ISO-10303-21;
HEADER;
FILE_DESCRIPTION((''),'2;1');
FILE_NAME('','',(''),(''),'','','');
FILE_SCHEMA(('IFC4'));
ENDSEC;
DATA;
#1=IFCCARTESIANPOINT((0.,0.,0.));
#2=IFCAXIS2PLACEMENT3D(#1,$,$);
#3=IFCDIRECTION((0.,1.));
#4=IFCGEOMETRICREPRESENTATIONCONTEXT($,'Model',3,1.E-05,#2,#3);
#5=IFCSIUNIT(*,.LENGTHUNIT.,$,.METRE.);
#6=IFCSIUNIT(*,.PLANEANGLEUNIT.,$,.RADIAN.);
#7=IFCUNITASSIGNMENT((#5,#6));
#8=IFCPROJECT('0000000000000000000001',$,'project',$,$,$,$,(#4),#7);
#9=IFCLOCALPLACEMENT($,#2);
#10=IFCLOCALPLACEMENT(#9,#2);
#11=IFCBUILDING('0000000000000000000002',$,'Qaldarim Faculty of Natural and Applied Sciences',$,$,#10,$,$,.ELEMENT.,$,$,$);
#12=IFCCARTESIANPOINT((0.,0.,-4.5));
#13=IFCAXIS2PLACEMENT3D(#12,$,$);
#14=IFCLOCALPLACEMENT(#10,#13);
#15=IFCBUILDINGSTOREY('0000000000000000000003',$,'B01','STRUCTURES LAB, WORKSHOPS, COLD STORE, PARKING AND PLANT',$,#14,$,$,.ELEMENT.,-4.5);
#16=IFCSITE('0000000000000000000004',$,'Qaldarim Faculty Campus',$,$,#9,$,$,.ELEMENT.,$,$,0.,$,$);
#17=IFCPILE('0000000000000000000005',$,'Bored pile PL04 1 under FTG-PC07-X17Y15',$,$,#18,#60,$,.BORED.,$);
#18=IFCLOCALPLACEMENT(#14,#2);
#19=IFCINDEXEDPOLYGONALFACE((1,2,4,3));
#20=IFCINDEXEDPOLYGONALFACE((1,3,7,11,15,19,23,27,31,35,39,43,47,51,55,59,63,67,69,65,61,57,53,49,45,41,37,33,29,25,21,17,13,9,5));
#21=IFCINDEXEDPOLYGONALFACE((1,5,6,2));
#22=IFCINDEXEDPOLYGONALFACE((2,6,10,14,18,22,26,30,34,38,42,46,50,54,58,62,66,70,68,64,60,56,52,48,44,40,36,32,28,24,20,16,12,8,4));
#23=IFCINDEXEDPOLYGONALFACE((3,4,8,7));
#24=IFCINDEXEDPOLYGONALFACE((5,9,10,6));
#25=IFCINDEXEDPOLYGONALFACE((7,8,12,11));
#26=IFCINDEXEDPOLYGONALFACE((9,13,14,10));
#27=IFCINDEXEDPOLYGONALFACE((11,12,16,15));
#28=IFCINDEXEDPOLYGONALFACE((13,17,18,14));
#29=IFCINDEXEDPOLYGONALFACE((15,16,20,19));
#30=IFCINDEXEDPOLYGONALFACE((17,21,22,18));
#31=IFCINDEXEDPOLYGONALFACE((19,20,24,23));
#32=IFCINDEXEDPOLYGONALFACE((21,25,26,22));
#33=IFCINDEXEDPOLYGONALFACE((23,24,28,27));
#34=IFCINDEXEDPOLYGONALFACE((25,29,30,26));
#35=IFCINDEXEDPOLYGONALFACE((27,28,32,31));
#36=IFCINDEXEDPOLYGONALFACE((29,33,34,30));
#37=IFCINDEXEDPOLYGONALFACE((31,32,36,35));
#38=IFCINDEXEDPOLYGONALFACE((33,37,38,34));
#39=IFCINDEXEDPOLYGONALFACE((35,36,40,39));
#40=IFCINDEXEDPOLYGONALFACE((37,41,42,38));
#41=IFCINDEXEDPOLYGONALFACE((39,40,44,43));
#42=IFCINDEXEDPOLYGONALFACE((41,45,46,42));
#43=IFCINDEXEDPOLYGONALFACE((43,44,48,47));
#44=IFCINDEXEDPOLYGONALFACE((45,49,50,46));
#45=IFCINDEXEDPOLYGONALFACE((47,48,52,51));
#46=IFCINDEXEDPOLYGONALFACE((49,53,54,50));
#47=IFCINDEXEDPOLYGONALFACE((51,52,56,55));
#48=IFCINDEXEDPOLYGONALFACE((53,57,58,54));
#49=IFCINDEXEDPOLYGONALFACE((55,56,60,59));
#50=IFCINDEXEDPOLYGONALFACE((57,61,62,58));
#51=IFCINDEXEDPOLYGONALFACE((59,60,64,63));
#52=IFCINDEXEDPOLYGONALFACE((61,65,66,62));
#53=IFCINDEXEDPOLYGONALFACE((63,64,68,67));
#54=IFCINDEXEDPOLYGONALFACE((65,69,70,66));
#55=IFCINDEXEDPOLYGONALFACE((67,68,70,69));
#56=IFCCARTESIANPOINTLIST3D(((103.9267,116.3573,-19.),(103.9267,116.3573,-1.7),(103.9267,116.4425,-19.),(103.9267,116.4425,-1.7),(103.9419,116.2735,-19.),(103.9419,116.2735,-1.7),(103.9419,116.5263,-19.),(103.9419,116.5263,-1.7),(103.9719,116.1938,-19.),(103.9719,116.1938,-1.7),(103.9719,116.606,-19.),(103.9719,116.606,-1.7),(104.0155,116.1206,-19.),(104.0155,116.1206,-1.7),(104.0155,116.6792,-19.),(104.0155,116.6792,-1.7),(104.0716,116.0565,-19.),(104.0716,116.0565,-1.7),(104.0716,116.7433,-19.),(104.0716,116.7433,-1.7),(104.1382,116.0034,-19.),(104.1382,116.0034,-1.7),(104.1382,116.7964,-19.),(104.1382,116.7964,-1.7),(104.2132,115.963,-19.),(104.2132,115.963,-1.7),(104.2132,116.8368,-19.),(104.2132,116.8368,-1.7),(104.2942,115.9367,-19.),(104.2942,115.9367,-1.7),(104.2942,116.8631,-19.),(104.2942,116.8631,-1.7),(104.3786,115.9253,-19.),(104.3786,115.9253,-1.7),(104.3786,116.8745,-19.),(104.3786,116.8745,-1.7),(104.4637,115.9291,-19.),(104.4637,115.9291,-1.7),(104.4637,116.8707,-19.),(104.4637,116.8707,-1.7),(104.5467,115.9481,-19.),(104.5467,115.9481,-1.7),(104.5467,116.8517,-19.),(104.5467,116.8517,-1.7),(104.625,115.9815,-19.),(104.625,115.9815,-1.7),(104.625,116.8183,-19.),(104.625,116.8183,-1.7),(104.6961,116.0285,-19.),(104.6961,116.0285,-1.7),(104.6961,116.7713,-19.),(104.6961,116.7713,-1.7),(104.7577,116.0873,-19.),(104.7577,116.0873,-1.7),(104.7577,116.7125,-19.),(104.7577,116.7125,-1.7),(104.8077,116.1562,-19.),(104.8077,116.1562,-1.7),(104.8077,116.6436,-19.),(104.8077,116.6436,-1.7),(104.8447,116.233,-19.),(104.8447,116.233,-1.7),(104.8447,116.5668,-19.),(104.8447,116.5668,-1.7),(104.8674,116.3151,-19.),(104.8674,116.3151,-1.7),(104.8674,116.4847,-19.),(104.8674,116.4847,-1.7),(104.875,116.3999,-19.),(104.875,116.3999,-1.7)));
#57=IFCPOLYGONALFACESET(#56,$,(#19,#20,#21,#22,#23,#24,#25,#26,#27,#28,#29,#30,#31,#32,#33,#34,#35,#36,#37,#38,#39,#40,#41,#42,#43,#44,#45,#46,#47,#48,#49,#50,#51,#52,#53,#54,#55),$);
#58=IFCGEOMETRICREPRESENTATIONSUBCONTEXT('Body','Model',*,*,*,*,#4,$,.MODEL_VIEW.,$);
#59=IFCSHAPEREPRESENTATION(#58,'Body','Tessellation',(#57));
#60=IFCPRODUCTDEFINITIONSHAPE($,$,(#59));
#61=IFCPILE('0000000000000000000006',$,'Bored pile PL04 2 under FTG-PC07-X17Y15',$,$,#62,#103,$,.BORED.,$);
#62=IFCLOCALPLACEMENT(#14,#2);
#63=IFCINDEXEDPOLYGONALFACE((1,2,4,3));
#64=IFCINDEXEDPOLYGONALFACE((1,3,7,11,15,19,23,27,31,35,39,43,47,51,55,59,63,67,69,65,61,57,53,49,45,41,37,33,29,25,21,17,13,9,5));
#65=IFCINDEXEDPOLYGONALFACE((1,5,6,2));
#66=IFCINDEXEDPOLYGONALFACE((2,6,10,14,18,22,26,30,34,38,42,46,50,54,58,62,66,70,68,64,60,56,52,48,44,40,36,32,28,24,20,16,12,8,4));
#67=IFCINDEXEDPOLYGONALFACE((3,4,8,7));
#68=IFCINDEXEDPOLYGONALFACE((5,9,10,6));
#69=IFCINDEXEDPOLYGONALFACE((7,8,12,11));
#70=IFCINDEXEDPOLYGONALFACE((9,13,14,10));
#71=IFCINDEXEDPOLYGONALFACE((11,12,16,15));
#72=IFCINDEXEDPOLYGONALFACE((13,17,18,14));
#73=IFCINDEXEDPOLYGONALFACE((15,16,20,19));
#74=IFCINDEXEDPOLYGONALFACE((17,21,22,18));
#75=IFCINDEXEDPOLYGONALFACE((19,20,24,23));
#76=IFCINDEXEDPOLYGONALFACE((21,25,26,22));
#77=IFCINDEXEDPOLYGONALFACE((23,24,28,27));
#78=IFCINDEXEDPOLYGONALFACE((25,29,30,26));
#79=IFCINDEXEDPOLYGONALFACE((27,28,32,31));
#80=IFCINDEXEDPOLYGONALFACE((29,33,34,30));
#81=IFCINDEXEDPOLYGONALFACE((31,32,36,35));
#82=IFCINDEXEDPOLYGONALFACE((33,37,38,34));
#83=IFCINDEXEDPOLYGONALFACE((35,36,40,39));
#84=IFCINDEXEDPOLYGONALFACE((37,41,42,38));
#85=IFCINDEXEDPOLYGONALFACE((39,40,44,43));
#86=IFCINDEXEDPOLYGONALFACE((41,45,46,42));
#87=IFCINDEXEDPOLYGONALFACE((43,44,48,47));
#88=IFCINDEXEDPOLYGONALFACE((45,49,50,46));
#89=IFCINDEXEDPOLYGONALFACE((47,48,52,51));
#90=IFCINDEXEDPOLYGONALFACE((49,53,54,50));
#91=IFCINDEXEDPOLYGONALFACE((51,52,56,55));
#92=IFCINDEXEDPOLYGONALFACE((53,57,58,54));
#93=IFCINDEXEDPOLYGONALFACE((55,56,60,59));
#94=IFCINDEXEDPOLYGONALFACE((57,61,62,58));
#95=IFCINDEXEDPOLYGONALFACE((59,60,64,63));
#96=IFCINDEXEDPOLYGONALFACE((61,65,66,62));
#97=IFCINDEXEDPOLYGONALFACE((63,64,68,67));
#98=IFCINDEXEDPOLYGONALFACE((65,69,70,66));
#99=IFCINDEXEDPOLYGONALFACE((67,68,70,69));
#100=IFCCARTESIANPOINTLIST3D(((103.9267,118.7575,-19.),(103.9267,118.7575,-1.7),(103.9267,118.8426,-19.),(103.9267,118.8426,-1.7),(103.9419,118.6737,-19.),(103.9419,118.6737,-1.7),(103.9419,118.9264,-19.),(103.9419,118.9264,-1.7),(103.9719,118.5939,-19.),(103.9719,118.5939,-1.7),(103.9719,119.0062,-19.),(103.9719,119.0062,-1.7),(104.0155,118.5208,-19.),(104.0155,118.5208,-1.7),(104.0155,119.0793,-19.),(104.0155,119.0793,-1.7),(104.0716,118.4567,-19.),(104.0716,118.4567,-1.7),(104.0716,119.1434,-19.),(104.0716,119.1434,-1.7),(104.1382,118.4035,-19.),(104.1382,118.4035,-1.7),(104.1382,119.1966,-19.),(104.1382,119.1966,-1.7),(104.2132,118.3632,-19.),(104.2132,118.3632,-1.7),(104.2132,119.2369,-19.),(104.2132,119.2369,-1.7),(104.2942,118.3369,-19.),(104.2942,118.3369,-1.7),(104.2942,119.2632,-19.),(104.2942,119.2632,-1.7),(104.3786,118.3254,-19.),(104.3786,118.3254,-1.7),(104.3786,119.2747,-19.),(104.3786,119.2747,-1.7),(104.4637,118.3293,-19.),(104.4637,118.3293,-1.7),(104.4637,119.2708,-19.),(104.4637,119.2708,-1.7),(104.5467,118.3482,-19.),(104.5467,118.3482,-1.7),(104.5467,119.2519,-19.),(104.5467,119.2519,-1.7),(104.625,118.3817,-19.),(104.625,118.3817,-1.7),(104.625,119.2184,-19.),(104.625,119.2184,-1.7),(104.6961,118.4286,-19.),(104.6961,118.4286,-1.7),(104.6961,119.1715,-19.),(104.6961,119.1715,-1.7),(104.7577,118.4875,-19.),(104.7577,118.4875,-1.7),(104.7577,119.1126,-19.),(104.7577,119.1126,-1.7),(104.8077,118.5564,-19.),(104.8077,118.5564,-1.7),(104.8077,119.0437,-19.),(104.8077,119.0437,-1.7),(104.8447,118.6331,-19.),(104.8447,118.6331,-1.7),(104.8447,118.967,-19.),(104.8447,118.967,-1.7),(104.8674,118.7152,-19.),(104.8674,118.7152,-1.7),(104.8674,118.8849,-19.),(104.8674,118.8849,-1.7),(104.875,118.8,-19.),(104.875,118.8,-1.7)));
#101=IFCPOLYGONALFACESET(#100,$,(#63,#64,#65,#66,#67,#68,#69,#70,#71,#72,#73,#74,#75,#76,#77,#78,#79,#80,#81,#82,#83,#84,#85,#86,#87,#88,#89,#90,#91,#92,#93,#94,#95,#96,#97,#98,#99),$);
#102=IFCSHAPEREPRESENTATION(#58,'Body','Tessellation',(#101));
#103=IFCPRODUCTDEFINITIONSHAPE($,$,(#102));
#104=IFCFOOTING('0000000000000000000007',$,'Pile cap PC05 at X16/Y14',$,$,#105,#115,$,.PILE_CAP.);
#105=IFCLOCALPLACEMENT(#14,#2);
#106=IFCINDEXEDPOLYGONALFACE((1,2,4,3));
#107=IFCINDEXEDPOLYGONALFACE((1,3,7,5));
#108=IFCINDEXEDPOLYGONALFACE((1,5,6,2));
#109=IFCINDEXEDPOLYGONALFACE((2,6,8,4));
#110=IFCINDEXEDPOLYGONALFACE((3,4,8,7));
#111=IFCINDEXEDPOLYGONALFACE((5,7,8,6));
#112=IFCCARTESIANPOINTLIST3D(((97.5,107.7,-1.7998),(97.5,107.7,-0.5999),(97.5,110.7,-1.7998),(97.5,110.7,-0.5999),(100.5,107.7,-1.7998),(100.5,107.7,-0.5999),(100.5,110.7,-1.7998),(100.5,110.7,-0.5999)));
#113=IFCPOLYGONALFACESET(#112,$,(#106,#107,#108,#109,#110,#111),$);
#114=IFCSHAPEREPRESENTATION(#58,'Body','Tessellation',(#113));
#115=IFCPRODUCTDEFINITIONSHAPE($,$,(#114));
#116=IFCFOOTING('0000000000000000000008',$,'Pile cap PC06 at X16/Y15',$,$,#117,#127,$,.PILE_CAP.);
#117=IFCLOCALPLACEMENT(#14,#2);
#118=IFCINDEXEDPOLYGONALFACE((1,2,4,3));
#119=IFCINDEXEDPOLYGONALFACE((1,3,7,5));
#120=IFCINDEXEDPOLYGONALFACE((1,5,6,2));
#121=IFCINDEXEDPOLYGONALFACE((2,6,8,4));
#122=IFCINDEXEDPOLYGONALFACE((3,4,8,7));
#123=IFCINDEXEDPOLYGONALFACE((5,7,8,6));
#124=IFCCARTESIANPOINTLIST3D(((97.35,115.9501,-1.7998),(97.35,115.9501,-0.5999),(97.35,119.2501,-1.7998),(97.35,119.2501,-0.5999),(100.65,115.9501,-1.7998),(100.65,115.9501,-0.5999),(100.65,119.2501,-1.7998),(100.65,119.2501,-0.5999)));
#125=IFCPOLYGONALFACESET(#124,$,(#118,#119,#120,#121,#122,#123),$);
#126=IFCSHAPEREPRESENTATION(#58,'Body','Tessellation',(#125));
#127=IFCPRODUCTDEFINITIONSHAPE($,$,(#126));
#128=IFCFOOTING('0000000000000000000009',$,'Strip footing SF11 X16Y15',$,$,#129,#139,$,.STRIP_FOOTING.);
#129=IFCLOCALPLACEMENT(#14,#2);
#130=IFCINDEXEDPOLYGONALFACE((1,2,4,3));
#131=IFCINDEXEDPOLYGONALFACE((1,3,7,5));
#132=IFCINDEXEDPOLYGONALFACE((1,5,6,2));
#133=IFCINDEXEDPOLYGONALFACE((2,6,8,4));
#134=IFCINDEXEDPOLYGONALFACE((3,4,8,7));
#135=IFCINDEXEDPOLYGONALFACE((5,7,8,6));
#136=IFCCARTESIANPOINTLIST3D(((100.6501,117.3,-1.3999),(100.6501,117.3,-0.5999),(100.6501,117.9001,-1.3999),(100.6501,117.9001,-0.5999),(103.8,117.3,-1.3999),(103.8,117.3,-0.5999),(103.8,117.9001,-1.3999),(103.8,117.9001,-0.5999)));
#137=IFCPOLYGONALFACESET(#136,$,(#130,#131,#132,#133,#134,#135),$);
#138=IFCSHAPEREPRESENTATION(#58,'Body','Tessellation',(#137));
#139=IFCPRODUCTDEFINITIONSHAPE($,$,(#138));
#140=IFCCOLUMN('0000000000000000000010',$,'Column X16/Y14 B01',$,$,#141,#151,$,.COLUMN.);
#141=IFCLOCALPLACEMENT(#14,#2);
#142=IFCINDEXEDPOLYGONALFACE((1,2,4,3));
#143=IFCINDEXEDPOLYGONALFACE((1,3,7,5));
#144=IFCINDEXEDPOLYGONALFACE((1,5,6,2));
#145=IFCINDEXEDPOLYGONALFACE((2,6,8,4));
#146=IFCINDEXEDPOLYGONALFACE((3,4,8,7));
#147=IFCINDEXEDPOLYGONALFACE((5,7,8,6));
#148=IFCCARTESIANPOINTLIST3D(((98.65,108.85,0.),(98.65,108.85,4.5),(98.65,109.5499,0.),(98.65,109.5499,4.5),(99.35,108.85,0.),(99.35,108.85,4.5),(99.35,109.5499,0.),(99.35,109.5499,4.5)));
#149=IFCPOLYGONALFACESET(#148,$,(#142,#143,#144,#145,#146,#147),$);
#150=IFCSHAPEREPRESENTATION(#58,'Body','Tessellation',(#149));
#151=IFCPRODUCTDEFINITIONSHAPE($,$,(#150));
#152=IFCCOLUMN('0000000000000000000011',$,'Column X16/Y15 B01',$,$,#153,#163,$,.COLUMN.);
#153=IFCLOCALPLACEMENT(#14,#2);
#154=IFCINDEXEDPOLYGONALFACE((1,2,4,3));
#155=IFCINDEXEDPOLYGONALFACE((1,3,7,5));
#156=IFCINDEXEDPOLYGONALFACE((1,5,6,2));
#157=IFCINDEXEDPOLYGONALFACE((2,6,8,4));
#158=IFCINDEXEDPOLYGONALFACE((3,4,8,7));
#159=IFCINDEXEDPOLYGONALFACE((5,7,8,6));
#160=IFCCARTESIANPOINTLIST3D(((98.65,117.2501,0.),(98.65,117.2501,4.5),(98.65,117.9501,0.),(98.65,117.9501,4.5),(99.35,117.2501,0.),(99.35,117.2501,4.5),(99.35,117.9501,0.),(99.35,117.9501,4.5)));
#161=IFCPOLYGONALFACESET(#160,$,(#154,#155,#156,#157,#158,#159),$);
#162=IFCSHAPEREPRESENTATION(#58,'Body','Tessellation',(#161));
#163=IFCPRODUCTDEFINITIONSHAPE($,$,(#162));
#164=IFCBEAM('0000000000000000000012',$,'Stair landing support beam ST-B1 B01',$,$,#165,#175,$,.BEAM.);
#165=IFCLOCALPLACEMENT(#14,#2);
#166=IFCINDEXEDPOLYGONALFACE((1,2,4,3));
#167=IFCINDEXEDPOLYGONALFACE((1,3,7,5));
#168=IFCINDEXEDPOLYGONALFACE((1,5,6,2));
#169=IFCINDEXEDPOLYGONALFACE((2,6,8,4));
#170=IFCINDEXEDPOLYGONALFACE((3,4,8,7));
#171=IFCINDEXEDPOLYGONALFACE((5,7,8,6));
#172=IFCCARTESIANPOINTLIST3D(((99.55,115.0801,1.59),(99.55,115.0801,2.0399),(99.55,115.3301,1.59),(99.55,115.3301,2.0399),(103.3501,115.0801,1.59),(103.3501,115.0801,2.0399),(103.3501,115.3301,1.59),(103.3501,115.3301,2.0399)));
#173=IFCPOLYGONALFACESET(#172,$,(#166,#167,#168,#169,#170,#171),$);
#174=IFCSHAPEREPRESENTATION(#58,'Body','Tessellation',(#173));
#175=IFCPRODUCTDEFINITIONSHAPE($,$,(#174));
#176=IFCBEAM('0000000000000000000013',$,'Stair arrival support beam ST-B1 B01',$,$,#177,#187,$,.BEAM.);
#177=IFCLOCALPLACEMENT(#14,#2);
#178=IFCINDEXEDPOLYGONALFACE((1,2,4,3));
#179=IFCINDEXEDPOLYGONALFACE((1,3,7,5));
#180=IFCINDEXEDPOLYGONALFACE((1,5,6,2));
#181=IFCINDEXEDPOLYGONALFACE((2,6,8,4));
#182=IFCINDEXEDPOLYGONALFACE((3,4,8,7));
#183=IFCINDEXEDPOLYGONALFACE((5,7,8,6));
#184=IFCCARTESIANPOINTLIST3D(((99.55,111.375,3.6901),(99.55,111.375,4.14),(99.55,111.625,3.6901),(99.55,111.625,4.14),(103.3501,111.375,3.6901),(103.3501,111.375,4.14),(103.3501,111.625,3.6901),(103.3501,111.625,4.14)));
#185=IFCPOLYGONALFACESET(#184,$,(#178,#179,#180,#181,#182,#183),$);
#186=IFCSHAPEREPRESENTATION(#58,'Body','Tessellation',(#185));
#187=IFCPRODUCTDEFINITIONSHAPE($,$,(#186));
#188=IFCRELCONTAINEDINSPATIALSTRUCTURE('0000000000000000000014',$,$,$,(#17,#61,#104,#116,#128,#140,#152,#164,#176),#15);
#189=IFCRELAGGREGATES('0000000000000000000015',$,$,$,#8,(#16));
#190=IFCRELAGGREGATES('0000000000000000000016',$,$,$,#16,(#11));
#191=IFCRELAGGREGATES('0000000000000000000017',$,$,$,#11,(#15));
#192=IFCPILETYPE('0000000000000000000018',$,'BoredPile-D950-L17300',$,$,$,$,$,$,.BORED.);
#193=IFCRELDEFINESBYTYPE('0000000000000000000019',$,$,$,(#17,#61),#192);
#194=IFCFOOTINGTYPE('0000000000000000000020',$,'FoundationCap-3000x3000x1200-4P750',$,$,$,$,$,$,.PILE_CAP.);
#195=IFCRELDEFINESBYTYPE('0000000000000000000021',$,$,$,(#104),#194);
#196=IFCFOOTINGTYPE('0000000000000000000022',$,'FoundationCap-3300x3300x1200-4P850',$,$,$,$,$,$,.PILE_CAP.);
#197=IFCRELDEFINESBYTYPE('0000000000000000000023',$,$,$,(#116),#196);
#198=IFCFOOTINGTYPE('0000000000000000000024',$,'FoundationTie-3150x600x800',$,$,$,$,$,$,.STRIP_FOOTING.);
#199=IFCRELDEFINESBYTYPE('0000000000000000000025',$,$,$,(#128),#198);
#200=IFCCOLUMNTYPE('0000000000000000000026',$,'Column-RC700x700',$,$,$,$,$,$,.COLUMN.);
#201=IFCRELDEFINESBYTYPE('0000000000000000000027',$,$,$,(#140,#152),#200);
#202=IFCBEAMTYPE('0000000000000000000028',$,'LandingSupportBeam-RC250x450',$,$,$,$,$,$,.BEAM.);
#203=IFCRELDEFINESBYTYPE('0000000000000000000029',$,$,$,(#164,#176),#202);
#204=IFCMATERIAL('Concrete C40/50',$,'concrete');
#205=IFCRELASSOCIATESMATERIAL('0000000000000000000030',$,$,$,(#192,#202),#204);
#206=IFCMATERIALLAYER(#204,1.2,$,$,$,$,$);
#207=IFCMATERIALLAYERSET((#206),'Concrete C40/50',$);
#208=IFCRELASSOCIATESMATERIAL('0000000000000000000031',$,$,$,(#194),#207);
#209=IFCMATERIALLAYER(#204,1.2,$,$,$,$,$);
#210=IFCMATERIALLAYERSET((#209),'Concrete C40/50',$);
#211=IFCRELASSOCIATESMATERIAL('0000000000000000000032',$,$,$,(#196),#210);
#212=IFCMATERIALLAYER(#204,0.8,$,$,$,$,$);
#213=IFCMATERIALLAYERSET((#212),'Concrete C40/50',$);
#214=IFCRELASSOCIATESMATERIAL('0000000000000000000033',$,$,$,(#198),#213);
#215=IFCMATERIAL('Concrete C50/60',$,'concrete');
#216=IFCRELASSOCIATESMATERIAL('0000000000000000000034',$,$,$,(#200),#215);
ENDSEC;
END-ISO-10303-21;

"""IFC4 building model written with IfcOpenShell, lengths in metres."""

from ifc_helpers import new_model, si_unit, direction, frame, origin, origin_2d, place, context, subcontext, project, spatial, rectangle, circle, extrude, material, layer, layer_set, material_profile, profile_set, type_object, element, save


model = new_model("IFC4")

# Units and contexts
model_context = context("Model", 3, precision=1e-05, world=origin(), true_north=direction((0.0, 1.0)))
body_context = subcontext(model_context, "Body", "Model", "MODEL_VIEW")
ifc_project = project(units=[si_unit("LENGTHUNIT", "METRE"), si_unit("PLANEANGLEUNIT", "RADIAN")], contexts=[model_context])

# Site, building, storey
site_placement = place(None, origin())
site = spatial("IfcSite", under=ifc_project, at=site_placement, Name="Qaldarim Faculty Campus", CompositionType="ELEMENT", RefElevation=0.0)
building_placement = place(site_placement, origin())
building = spatial("IfcBuilding", under=site, at=building_placement, Name="Qaldarim Faculty of Natural and Applied Sciences", CompositionType="ELEMENT")
storey_placement = place(building_placement, frame((0.0, 0.0, -4.5)))
storey = spatial("IfcBuildingStorey", under=building, at=storey_placement, Name="B01", Description="STRUCTURES LAB, WORKSHOPS, COLD STORE, PARKING AND PLANT", CompositionType="ELEMENT", Elevation=-4.5)

# Piles
ifc_material_1 = material(Name="Concrete C40/50", Category="concrete")
ifc_material_profile_1 = material_profile(ifc_material_1, circle(Radius=0.4751, at=origin_2d()), Name="PILE-D950")
ifc_profile_set_1 = profile_set([ifc_material_profile_1], Name="Concrete C40/50")
pile_type_1 = type_object("IfcPileType", Name="BoredPile-D950-L17300", PredefinedType="BORED", material=ifc_profile_set_1)
for number, where, z_axis, x_axis, name in (
    (1, (104.3999, 116.3999, -1.7), (0.0, 0.0, -1.0), (1.0, 0.0, 0.0), "Bored pile PL04 1 under FTG-PC07-X17Y15"),
    (2, (104.3999, 118.8, -1.7), (0.0, 0.0, -1.0), (1.0, 0.0, 0.0), "Bored pile PL04 2 under FTG-PC07-X17Y15"),
):
    element("IfcPile", number, at=place(storey_placement, frame(where, z_axis=z_axis, x_axis=x_axis)), inside=storey, type_object=pile_type_1, Name=name, PredefinedType="BORED", context=body_context, shape_type="SweptSolid", body=[
        extrude(circle(Radius=0.4751, at=origin_2d()), origin(), (0.0, 0.0, 1.0), 17.3),
    ])

# Footings
ifc_layer_1 = layer(ifc_material_1, 1.2)
ifc_layer_set_1 = layer_set([ifc_layer_1], Name="Concrete C40/50")
footing_type_1 = type_object("IfcFootingType", Name="FoundationCap-3000x3000x1200-4P750", PredefinedType="PILE_CAP", material=ifc_layer_set_1)
footing_1_placement = place(storey_placement, frame((99.0, 109.2, -1.7998), z_axis=(0.0, 0.0, 1.0), x_axis=(1.0, 0.0, 0.0)))
element("IfcFooting", 3, at=footing_1_placement, inside=storey, type_object=footing_type_1, Name="Pile cap PC05 at X16/Y14", PredefinedType="PILE_CAP", context=body_context, shape_type="SweptSolid", body=[
    extrude(rectangle(XDim=3.0, YDim=3.0, at=origin_2d()), origin(), (0.0, 0.0, 1.0), 1.2),
])
ifc_layer_2 = layer(ifc_material_1, 1.2)
ifc_layer_set_2 = layer_set([ifc_layer_2], Name="Concrete C40/50")
footing_type_2 = type_object("IfcFootingType", Name="FoundationCap-3300x3300x1200-4P850", PredefinedType="PILE_CAP", material=ifc_layer_set_2)
footing_2_placement = place(storey_placement, frame((99.0, 117.6001, -1.7998), z_axis=(0.0, 0.0, 1.0), x_axis=(1.0, 0.0, 0.0)))
element("IfcFooting", 4, at=footing_2_placement, inside=storey, type_object=footing_type_2, Name="Pile cap PC06 at X16/Y15", PredefinedType="PILE_CAP", context=body_context, shape_type="SweptSolid", body=[
    extrude(rectangle(XDim=3.3, YDim=3.3, at=origin_2d()), origin(), (0.0, 0.0, 1.0), 1.2),
])
ifc_layer_3 = layer(ifc_material_1, 0.8)
ifc_layer_set_3 = layer_set([ifc_layer_3], Name="Concrete C40/50")
footing_type_3 = type_object("IfcFootingType", Name="FoundationTie-3150x600x800", PredefinedType="STRIP_FOOTING", material=ifc_layer_set_3)
footing_3_placement = place(storey_placement, frame((102.2251, 117.6001, -1.3999), z_axis=(0.0, 0.0, 1.0), x_axis=(1.0, 0.0, 0.0)))
element("IfcFooting", 5, at=footing_3_placement, inside=storey, type_object=footing_type_3, Name="Strip footing SF11 X16Y15", PredefinedType="STRIP_FOOTING", context=body_context, shape_type="SweptSolid", body=[
    extrude(rectangle(XDim=3.1499, YDim=0.6001, at=origin_2d()), origin(), (0.0, 0.0, 1.0), 0.8),
])

# Columns
ifc_material_2 = material(Name="Concrete C50/60", Category="concrete")
ifc_material_profile_2 = material_profile(ifc_material_2, rectangle(XDim=0.7, YDim=0.7, at=origin_2d()), Name="RC-C700x700")
ifc_profile_set_2 = profile_set([ifc_material_profile_2], Name="Concrete C50/60")
column_type = type_object("IfcColumnType", Name="Column-RC700x700", PredefinedType="COLUMN", material=ifc_profile_set_2)
for number, where, z_axis, x_axis, name in (
    (6, (99.0, 109.2, 0.0), (0.0, 0.0, 1.0), (1.0, 0.0, 0.0), "Column X16/Y14 B01"),
    (7, (99.0, 117.6001, 0.0), (0.0, 0.0, 1.0), (1.0, 0.0, 0.0), "Column X16/Y15 B01"),
):
    element("IfcColumn", number, at=place(storey_placement, frame(where, z_axis=z_axis, x_axis=x_axis)), inside=storey, type_object=column_type, Name=name, PredefinedType="COLUMN", context=body_context, shape_type="SweptSolid", body=[
        extrude(rectangle(XDim=0.7, YDim=0.7, at=origin_2d()), origin(), (0.0, 0.0, 1.0), 4.5),
    ])

# Beams
ifc_material_profile_3 = material_profile(ifc_material_1, rectangle(XDim=0.25, YDim=0.45, at=origin_2d()), Name="RC-LN250x450")
ifc_profile_set_3 = profile_set([ifc_material_profile_3], Name="Concrete C40/50")
beam_type = type_object("IfcBeamType", Name="LandingSupportBeam-RC250x450", PredefinedType="BEAM", material=ifc_profile_set_3)
for number, where, z_axis, x_axis, name in (
    (8, (99.55, 115.2051, 1.8149), (1.0, 0.0, 0.0), (0.0, 1.0, 0.0), "Stair landing support beam ST-B1 B01"),
    (9, (99.55, 111.5, 3.915), (1.0, 0.0, 0.0), (0.0, 1.0, 0.0), "Stair arrival support beam ST-B1 B01"),
):
    element("IfcBeam", number, at=place(storey_placement, frame(where, z_axis=z_axis, x_axis=x_axis)), inside=storey, type_object=beam_type, Name=name, PredefinedType="BEAM", context=body_context, shape_type="SweptSolid", body=[
        extrude(rectangle(XDim=0.25, YDim=0.45, at=origin_2d()), origin(), (0.0, 0.0, 1.0), 3.8),
    ])

save(model, "model.ifc")
